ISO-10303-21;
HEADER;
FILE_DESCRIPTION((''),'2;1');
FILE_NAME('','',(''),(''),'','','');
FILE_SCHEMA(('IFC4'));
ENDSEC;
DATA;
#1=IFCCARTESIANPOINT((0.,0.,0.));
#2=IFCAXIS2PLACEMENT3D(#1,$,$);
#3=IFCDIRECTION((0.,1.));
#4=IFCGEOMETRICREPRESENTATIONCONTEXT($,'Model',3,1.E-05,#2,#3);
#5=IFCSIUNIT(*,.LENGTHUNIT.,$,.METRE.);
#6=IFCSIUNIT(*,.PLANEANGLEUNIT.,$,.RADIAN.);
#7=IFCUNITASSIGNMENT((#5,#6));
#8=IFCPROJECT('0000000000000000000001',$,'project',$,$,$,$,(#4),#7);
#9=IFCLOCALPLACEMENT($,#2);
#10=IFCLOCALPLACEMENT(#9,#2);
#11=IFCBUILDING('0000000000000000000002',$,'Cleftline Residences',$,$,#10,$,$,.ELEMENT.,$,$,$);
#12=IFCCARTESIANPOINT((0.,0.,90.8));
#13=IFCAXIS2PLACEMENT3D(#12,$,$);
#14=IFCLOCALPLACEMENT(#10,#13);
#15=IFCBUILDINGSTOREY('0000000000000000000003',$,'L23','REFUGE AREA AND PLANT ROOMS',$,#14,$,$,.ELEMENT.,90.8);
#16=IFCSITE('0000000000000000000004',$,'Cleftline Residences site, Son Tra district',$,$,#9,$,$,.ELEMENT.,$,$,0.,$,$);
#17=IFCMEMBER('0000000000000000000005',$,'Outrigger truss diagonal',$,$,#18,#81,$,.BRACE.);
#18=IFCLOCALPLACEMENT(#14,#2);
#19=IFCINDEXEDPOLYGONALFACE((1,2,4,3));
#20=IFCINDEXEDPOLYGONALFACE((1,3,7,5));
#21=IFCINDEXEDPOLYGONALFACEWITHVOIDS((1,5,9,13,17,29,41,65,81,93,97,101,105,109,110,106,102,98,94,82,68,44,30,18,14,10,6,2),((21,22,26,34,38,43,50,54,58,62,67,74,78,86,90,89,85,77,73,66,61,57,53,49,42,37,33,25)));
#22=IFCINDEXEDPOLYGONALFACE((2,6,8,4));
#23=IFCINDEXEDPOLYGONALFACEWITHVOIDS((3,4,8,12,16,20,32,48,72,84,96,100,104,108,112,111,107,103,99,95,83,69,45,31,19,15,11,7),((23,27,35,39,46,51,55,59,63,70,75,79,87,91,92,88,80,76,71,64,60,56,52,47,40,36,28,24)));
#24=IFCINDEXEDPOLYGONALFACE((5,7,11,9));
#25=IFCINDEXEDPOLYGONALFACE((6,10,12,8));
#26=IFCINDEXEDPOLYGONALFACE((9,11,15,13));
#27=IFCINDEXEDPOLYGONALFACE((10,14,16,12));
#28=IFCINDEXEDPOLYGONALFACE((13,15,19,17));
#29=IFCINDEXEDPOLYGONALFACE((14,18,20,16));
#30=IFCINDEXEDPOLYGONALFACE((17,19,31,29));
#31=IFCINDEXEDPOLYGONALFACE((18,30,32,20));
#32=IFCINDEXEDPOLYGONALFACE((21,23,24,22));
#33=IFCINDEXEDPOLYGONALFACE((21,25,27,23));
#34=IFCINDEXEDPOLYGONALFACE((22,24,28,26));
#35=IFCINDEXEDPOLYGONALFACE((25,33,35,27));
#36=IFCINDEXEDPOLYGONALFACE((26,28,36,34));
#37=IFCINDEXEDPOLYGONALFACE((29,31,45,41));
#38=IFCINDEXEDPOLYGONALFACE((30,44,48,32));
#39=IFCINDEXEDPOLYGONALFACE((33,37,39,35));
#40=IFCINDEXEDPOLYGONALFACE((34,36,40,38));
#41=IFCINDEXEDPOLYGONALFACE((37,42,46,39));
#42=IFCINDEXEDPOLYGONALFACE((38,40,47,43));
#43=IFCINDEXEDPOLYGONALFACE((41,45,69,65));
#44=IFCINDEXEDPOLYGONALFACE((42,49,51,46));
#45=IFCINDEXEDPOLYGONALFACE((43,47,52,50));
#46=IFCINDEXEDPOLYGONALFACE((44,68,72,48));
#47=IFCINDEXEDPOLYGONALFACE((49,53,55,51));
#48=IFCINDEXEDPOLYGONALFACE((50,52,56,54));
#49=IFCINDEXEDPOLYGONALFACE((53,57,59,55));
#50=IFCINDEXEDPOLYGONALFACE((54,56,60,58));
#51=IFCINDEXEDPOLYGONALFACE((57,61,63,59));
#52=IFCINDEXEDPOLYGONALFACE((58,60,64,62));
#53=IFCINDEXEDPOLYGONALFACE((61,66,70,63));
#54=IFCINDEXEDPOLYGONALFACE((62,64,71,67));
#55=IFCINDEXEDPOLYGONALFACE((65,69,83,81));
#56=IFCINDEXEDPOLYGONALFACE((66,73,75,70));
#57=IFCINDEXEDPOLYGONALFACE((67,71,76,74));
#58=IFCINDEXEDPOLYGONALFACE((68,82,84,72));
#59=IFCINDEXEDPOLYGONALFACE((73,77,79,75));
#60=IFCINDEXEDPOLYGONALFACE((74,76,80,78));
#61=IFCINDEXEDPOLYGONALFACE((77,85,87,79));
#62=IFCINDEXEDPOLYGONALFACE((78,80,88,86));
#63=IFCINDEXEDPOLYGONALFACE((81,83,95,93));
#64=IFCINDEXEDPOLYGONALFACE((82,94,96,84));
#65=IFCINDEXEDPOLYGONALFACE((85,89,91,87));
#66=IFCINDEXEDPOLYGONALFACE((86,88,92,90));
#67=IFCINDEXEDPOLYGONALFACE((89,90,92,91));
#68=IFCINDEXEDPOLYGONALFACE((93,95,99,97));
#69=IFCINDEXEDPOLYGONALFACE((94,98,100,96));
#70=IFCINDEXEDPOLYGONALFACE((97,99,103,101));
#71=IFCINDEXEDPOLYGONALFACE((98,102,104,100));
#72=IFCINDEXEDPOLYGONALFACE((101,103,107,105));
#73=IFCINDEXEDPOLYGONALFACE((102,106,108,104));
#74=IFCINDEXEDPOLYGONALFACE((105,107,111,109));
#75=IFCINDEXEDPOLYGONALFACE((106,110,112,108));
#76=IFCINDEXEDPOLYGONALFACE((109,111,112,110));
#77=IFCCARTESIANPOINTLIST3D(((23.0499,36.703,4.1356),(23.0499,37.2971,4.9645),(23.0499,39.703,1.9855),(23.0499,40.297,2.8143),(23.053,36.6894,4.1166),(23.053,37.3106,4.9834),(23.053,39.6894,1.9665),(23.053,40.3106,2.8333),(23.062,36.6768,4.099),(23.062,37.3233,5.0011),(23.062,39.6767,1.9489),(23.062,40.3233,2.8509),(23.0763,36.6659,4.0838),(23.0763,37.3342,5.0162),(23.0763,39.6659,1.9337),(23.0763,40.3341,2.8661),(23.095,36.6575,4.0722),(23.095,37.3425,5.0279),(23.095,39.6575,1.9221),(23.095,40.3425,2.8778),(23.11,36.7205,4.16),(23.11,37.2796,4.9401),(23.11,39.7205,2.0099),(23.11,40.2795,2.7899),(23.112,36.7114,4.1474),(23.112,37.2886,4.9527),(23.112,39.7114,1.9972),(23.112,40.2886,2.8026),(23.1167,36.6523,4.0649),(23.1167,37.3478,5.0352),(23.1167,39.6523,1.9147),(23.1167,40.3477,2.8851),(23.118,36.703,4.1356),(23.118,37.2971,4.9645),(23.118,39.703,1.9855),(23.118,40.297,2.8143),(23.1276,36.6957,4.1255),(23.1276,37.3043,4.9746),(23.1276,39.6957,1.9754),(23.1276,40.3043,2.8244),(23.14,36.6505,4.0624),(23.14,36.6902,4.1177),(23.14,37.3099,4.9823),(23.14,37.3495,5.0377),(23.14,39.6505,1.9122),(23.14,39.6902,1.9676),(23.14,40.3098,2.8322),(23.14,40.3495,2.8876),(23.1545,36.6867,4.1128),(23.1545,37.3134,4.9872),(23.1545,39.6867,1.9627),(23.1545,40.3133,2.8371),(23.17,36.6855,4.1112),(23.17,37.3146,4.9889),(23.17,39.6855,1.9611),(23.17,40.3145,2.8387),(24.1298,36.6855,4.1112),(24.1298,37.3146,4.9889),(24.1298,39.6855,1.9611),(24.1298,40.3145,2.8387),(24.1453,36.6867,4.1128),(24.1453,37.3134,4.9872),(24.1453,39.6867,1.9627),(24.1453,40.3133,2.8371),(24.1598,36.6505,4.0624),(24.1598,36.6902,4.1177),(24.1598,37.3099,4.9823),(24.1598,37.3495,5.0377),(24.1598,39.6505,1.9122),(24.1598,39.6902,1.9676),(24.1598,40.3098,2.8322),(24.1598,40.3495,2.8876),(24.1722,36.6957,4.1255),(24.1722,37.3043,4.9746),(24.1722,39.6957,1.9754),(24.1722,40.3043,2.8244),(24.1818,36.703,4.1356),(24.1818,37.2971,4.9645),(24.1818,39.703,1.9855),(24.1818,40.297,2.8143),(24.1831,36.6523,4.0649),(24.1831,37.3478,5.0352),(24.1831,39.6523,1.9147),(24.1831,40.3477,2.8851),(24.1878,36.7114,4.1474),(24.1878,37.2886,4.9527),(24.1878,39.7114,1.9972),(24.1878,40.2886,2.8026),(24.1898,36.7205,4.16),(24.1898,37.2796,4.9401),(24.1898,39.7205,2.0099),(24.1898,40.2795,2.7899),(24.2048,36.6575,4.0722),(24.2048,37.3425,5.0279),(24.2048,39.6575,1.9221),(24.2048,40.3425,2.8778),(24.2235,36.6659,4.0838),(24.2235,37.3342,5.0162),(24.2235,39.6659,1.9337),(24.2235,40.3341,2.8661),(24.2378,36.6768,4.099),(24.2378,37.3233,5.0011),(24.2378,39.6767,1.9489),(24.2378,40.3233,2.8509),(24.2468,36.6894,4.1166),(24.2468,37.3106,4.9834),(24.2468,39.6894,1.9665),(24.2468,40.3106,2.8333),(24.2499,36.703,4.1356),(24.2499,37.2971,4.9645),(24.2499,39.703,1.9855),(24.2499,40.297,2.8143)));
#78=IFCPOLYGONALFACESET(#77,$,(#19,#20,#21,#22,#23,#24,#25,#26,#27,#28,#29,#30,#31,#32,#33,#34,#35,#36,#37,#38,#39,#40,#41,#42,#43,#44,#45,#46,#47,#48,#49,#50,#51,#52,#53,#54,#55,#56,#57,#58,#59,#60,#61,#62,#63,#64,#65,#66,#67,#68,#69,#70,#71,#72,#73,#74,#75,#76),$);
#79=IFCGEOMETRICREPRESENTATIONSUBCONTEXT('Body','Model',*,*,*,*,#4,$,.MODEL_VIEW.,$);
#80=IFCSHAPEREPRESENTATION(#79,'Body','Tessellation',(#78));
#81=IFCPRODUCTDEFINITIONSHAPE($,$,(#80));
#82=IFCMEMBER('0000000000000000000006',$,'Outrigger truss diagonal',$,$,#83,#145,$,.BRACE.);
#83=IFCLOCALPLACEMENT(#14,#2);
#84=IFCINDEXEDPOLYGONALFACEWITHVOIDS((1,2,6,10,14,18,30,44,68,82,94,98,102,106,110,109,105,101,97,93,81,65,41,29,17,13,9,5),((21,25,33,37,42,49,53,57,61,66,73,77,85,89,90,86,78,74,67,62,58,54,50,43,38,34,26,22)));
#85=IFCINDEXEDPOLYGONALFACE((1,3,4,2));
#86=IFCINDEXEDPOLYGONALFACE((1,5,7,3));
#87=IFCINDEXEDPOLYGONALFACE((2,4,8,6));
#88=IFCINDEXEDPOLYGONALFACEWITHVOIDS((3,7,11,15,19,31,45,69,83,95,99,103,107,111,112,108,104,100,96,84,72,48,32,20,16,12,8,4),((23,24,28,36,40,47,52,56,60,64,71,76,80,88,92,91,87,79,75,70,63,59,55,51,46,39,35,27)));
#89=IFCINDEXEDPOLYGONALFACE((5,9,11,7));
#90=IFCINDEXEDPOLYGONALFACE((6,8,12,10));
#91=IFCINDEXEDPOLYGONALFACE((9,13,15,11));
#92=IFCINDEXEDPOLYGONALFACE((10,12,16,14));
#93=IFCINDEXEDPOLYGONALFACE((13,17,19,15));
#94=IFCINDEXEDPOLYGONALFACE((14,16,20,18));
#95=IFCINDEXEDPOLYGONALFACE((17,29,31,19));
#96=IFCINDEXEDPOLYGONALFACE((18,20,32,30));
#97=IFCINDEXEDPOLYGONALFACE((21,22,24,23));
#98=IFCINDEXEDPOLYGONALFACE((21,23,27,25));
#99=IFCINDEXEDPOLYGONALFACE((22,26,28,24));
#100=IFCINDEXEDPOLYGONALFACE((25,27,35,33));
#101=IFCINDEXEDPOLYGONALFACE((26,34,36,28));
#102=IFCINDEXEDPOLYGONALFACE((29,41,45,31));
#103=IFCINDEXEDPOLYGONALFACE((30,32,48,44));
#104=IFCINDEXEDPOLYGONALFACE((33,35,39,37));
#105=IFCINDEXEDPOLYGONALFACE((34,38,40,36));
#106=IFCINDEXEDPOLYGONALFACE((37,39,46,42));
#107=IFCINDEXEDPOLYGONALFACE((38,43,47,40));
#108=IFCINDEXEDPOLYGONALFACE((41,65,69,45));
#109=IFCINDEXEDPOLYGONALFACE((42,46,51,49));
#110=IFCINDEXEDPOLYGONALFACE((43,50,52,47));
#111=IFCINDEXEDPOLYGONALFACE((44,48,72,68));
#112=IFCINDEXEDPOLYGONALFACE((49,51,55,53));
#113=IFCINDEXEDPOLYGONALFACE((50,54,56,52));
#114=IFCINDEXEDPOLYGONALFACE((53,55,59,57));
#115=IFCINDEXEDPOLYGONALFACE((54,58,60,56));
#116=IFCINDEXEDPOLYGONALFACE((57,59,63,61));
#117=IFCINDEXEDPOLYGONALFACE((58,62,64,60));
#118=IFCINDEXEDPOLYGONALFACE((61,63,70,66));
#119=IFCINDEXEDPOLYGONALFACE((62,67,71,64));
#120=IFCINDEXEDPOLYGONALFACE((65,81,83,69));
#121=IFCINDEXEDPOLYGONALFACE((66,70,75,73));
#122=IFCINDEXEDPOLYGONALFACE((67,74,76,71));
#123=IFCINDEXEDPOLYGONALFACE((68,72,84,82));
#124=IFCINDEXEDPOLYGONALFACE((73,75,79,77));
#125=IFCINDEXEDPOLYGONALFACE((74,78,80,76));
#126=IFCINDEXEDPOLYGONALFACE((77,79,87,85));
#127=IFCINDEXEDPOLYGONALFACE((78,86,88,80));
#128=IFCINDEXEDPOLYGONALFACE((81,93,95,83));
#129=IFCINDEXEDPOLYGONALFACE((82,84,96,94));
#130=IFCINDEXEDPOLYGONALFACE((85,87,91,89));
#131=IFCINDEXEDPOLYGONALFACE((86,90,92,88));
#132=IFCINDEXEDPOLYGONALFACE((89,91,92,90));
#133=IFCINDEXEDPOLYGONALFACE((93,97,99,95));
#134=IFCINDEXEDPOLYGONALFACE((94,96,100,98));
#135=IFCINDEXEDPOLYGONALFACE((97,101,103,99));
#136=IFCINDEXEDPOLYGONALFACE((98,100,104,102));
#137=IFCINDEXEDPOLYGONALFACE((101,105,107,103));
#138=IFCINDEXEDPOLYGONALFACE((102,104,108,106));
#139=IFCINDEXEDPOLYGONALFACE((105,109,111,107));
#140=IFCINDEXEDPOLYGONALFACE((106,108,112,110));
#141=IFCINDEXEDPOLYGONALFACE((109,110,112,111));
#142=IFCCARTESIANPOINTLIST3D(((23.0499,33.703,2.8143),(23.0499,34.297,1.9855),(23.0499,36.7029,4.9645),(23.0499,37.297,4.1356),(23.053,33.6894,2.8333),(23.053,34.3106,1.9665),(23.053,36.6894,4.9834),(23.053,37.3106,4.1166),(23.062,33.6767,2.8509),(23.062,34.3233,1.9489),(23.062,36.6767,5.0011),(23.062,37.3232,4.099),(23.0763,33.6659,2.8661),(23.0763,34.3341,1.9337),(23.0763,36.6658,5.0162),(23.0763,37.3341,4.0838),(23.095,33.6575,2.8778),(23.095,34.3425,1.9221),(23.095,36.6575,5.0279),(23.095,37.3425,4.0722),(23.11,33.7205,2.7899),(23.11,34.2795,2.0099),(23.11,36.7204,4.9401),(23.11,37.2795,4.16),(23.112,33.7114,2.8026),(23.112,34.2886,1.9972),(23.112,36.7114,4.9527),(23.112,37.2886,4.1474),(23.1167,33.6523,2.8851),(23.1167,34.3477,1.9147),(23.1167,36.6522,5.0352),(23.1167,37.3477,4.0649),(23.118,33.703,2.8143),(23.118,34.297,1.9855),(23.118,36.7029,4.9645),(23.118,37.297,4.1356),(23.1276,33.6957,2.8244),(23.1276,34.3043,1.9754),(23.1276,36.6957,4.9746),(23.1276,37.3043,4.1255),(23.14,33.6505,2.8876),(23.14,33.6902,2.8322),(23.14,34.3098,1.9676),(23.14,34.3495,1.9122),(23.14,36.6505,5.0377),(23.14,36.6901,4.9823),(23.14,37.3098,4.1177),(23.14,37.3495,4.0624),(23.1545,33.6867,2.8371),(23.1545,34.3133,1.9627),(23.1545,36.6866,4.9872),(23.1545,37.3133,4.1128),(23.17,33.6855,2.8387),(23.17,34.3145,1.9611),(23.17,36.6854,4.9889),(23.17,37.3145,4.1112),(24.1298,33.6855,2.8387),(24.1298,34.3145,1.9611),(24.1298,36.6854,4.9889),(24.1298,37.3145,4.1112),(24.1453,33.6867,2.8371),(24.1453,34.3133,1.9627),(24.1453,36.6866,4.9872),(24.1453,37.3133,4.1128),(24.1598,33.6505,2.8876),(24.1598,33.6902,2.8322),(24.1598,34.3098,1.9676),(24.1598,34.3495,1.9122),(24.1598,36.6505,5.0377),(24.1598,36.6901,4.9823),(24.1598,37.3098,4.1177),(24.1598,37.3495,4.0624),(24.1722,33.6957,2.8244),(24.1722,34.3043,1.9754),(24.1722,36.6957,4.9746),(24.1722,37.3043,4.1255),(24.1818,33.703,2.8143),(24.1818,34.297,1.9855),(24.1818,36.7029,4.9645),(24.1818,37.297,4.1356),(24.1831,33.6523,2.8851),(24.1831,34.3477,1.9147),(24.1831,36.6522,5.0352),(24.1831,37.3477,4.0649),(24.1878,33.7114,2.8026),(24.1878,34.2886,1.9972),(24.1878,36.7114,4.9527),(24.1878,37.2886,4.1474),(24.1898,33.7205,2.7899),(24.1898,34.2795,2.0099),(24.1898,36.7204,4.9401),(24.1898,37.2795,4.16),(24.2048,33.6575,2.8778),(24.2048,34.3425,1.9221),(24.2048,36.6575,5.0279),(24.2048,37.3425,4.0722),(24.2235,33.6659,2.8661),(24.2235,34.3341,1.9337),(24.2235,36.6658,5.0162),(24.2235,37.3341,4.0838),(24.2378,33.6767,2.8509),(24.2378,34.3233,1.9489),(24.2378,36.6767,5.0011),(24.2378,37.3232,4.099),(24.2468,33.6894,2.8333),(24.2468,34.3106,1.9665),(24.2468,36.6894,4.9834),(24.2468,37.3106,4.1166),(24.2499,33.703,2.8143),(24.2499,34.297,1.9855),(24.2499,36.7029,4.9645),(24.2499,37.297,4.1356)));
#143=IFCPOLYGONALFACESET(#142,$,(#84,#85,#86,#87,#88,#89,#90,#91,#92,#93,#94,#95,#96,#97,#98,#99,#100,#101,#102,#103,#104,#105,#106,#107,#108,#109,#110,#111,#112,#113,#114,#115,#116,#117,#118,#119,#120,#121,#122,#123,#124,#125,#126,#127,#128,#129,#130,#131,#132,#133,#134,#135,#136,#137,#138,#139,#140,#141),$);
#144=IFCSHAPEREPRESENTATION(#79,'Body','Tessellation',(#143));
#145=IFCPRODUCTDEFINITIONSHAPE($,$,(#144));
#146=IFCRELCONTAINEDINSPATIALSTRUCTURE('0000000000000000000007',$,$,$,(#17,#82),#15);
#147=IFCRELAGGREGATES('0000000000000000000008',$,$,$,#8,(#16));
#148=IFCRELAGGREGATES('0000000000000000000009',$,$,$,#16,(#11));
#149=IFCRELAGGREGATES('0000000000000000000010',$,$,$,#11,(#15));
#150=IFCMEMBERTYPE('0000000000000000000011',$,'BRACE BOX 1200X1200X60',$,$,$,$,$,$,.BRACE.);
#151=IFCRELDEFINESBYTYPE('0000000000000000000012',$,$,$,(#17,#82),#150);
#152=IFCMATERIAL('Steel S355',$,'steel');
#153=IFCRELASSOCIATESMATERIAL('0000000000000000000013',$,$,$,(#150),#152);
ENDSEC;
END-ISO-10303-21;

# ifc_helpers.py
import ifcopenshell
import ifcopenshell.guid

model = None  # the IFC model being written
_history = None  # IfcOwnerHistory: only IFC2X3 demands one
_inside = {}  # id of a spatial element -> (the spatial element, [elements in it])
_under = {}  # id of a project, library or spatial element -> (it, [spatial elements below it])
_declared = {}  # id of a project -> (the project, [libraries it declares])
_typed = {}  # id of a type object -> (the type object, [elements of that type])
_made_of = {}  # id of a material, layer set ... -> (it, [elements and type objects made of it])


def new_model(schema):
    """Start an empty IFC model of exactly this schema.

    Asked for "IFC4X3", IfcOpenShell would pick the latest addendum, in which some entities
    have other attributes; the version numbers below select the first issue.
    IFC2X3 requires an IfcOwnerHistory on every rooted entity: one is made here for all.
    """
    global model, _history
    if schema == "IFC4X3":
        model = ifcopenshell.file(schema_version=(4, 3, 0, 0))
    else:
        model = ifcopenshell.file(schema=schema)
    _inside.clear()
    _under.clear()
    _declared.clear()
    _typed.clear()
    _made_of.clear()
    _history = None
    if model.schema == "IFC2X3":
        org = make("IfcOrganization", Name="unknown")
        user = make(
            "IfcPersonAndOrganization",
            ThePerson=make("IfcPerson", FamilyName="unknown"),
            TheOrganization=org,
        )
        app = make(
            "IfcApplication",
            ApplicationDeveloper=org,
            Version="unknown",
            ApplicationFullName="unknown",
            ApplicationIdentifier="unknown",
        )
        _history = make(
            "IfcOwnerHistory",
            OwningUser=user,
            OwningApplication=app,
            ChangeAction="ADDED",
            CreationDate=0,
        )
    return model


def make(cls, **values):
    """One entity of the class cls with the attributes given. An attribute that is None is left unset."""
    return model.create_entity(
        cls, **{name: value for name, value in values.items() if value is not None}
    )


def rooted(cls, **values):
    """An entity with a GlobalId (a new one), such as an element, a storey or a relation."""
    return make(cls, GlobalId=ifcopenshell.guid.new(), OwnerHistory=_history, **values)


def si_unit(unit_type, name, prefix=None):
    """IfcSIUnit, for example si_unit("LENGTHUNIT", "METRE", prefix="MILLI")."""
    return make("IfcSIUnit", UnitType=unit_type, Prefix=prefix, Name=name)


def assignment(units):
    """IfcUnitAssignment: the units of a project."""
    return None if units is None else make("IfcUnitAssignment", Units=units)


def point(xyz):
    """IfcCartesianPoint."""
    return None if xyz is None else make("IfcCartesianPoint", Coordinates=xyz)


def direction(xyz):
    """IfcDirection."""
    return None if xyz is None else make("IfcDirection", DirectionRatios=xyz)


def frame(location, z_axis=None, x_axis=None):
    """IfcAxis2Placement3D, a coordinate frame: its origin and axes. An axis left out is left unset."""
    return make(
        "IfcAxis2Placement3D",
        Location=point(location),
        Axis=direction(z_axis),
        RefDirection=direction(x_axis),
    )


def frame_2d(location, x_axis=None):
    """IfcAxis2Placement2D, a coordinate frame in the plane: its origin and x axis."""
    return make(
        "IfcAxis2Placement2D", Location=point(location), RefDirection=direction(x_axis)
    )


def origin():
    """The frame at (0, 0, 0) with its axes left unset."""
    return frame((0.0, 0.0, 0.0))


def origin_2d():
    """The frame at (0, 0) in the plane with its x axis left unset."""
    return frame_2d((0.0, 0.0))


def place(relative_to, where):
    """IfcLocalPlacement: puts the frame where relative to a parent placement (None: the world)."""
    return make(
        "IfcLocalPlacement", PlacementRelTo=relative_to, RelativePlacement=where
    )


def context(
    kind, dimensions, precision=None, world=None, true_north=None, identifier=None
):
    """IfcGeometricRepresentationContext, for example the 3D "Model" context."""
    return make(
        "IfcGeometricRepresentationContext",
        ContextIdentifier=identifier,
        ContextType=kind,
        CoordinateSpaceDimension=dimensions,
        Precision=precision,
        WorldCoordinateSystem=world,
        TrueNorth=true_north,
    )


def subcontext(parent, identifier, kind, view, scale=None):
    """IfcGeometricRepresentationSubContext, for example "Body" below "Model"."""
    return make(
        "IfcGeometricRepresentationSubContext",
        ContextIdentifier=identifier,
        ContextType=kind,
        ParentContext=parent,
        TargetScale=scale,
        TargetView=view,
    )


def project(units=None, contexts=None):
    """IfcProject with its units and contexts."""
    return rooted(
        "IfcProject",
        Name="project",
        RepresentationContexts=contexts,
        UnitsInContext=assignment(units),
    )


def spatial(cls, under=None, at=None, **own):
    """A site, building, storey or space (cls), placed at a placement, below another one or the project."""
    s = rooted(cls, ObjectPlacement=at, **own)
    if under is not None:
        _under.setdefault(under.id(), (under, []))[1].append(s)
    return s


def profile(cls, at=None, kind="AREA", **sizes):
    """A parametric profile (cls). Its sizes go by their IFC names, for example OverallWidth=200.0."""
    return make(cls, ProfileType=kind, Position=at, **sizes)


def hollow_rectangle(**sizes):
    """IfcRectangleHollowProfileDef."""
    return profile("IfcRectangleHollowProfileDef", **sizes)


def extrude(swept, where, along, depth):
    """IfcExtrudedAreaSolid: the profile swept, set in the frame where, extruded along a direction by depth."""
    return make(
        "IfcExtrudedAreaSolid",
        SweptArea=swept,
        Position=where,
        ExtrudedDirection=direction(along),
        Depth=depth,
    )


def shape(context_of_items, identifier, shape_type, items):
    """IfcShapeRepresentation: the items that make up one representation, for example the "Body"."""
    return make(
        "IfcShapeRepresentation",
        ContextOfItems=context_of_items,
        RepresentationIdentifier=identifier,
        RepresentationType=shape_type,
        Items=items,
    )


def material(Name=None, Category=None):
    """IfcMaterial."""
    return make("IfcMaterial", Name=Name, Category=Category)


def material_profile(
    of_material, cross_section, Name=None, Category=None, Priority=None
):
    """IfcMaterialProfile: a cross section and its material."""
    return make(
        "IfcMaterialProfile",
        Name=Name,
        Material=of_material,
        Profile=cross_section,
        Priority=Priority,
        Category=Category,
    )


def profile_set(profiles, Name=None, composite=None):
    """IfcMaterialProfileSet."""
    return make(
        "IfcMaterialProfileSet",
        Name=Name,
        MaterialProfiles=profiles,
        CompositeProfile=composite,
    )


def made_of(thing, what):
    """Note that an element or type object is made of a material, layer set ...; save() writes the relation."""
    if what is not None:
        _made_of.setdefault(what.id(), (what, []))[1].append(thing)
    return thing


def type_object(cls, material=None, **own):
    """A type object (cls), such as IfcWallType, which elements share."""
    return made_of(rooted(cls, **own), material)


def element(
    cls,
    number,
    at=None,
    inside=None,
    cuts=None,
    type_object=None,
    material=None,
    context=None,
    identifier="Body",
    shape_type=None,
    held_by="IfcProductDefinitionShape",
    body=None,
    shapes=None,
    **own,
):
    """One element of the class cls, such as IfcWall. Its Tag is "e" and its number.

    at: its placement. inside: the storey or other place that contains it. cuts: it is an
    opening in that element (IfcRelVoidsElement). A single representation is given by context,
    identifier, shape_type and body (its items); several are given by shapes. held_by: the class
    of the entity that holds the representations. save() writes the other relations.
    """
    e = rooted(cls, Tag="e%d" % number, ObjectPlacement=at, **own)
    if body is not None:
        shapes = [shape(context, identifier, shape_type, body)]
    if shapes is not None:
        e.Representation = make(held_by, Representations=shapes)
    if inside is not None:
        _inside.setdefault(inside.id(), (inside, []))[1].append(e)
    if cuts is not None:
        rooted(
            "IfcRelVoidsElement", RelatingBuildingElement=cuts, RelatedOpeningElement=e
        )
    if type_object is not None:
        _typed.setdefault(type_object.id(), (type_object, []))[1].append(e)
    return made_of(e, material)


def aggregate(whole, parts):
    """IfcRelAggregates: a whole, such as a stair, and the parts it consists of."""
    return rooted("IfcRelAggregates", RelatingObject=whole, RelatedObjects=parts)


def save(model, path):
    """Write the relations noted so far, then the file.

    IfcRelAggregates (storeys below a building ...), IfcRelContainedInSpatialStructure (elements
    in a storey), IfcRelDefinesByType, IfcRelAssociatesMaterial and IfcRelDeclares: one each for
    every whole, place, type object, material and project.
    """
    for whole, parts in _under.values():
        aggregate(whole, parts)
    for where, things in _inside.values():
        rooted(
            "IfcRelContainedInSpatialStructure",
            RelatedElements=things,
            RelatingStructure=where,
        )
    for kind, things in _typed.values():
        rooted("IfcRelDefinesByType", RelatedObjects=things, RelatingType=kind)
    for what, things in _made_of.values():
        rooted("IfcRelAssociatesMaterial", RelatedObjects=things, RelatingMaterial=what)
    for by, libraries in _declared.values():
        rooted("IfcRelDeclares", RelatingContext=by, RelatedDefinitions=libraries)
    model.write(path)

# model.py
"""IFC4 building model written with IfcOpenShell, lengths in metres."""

from ifc_helpers import new_model, si_unit, direction, frame, origin, origin_2d, place, context, subcontext, project, spatial, hollow_rectangle, extrude, material, material_profile, profile_set, type_object, element, save


model = new_model("IFC4")

# Units and contexts
model_context = context("Model", 3, precision=1e-05, world=origin(), true_north=direction((0.0, 1.0)))
body_context = subcontext(model_context, "Body", "Model", "MODEL_VIEW")
ifc_project = project(units=[si_unit("LENGTHUNIT", "METRE"), si_unit("PLANEANGLEUNIT", "RADIAN")], contexts=[model_context])

# Site, building, storey
site_placement = place(None, origin())
site = spatial("IfcSite", under=ifc_project, at=site_placement, Name="Cleftline Residences site, Son Tra district", CompositionType="ELEMENT", RefElevation=0.0)
building_placement = place(site_placement, origin())
building = spatial("IfcBuilding", under=site, at=building_placement, Name="Cleftline Residences", CompositionType="ELEMENT")
storey_placement = place(building_placement, frame((0.0, 0.0, 90.8)))
storey = spatial("IfcBuildingStorey", under=building, at=storey_placement, Name="L23", Description="REFUGE AREA AND PLANT ROOMS", CompositionType="ELEMENT", Elevation=90.8)

# Members
ifc_material_1 = material(Name="Steel S355", Category="steel")
ifc_material_profile_1 = material_profile(ifc_material_1, hollow_rectangle(XDim=1.2, YDim=1.2, WallThickness=0.0601, InnerFilletRadius=0.0601, OuterFilletRadius=0.0901, at=origin_2d()))
ifc_profile_set_1 = profile_set([ifc_material_profile_1], Name="Steel S355")
member_type_1 = type_object("IfcMemberType", Name="BRACE BOX 1200X1200X60", PredefinedType="BRACE", material=ifc_profile_set_1)
for number, where, z_axis, x_axis, name in (
    (1, (23.6499, 40.0, 2.3999), (0.0, -0.812798, 0.582545), (0.0, 0.582545, 0.812798), "Outrigger truss diagonal"),
    (2, (23.6499, 34.0, 2.3999), (0.0, 0.812798, 0.582545), (0.0, -0.582545, 0.812798), "Outrigger truss diagonal"),
):
    element("IfcMember", number, at=place(storey_placement, frame(where, z_axis=z_axis, x_axis=x_axis)), inside=storey, type_object=member_type_1, Name=name, PredefinedType="BRACE", context=body_context, shape_type="SweptSolid", body=[
        extrude(hollow_rectangle(XDim=1.2, YDim=1.2, WallThickness=0.0601, InnerFilletRadius=0.0601, OuterFilletRadius=0.0901, at=origin_2d()), origin(), (0.0, 0.0, 1.0), 3.6909),
    ])

save(model, "model.ifc")
